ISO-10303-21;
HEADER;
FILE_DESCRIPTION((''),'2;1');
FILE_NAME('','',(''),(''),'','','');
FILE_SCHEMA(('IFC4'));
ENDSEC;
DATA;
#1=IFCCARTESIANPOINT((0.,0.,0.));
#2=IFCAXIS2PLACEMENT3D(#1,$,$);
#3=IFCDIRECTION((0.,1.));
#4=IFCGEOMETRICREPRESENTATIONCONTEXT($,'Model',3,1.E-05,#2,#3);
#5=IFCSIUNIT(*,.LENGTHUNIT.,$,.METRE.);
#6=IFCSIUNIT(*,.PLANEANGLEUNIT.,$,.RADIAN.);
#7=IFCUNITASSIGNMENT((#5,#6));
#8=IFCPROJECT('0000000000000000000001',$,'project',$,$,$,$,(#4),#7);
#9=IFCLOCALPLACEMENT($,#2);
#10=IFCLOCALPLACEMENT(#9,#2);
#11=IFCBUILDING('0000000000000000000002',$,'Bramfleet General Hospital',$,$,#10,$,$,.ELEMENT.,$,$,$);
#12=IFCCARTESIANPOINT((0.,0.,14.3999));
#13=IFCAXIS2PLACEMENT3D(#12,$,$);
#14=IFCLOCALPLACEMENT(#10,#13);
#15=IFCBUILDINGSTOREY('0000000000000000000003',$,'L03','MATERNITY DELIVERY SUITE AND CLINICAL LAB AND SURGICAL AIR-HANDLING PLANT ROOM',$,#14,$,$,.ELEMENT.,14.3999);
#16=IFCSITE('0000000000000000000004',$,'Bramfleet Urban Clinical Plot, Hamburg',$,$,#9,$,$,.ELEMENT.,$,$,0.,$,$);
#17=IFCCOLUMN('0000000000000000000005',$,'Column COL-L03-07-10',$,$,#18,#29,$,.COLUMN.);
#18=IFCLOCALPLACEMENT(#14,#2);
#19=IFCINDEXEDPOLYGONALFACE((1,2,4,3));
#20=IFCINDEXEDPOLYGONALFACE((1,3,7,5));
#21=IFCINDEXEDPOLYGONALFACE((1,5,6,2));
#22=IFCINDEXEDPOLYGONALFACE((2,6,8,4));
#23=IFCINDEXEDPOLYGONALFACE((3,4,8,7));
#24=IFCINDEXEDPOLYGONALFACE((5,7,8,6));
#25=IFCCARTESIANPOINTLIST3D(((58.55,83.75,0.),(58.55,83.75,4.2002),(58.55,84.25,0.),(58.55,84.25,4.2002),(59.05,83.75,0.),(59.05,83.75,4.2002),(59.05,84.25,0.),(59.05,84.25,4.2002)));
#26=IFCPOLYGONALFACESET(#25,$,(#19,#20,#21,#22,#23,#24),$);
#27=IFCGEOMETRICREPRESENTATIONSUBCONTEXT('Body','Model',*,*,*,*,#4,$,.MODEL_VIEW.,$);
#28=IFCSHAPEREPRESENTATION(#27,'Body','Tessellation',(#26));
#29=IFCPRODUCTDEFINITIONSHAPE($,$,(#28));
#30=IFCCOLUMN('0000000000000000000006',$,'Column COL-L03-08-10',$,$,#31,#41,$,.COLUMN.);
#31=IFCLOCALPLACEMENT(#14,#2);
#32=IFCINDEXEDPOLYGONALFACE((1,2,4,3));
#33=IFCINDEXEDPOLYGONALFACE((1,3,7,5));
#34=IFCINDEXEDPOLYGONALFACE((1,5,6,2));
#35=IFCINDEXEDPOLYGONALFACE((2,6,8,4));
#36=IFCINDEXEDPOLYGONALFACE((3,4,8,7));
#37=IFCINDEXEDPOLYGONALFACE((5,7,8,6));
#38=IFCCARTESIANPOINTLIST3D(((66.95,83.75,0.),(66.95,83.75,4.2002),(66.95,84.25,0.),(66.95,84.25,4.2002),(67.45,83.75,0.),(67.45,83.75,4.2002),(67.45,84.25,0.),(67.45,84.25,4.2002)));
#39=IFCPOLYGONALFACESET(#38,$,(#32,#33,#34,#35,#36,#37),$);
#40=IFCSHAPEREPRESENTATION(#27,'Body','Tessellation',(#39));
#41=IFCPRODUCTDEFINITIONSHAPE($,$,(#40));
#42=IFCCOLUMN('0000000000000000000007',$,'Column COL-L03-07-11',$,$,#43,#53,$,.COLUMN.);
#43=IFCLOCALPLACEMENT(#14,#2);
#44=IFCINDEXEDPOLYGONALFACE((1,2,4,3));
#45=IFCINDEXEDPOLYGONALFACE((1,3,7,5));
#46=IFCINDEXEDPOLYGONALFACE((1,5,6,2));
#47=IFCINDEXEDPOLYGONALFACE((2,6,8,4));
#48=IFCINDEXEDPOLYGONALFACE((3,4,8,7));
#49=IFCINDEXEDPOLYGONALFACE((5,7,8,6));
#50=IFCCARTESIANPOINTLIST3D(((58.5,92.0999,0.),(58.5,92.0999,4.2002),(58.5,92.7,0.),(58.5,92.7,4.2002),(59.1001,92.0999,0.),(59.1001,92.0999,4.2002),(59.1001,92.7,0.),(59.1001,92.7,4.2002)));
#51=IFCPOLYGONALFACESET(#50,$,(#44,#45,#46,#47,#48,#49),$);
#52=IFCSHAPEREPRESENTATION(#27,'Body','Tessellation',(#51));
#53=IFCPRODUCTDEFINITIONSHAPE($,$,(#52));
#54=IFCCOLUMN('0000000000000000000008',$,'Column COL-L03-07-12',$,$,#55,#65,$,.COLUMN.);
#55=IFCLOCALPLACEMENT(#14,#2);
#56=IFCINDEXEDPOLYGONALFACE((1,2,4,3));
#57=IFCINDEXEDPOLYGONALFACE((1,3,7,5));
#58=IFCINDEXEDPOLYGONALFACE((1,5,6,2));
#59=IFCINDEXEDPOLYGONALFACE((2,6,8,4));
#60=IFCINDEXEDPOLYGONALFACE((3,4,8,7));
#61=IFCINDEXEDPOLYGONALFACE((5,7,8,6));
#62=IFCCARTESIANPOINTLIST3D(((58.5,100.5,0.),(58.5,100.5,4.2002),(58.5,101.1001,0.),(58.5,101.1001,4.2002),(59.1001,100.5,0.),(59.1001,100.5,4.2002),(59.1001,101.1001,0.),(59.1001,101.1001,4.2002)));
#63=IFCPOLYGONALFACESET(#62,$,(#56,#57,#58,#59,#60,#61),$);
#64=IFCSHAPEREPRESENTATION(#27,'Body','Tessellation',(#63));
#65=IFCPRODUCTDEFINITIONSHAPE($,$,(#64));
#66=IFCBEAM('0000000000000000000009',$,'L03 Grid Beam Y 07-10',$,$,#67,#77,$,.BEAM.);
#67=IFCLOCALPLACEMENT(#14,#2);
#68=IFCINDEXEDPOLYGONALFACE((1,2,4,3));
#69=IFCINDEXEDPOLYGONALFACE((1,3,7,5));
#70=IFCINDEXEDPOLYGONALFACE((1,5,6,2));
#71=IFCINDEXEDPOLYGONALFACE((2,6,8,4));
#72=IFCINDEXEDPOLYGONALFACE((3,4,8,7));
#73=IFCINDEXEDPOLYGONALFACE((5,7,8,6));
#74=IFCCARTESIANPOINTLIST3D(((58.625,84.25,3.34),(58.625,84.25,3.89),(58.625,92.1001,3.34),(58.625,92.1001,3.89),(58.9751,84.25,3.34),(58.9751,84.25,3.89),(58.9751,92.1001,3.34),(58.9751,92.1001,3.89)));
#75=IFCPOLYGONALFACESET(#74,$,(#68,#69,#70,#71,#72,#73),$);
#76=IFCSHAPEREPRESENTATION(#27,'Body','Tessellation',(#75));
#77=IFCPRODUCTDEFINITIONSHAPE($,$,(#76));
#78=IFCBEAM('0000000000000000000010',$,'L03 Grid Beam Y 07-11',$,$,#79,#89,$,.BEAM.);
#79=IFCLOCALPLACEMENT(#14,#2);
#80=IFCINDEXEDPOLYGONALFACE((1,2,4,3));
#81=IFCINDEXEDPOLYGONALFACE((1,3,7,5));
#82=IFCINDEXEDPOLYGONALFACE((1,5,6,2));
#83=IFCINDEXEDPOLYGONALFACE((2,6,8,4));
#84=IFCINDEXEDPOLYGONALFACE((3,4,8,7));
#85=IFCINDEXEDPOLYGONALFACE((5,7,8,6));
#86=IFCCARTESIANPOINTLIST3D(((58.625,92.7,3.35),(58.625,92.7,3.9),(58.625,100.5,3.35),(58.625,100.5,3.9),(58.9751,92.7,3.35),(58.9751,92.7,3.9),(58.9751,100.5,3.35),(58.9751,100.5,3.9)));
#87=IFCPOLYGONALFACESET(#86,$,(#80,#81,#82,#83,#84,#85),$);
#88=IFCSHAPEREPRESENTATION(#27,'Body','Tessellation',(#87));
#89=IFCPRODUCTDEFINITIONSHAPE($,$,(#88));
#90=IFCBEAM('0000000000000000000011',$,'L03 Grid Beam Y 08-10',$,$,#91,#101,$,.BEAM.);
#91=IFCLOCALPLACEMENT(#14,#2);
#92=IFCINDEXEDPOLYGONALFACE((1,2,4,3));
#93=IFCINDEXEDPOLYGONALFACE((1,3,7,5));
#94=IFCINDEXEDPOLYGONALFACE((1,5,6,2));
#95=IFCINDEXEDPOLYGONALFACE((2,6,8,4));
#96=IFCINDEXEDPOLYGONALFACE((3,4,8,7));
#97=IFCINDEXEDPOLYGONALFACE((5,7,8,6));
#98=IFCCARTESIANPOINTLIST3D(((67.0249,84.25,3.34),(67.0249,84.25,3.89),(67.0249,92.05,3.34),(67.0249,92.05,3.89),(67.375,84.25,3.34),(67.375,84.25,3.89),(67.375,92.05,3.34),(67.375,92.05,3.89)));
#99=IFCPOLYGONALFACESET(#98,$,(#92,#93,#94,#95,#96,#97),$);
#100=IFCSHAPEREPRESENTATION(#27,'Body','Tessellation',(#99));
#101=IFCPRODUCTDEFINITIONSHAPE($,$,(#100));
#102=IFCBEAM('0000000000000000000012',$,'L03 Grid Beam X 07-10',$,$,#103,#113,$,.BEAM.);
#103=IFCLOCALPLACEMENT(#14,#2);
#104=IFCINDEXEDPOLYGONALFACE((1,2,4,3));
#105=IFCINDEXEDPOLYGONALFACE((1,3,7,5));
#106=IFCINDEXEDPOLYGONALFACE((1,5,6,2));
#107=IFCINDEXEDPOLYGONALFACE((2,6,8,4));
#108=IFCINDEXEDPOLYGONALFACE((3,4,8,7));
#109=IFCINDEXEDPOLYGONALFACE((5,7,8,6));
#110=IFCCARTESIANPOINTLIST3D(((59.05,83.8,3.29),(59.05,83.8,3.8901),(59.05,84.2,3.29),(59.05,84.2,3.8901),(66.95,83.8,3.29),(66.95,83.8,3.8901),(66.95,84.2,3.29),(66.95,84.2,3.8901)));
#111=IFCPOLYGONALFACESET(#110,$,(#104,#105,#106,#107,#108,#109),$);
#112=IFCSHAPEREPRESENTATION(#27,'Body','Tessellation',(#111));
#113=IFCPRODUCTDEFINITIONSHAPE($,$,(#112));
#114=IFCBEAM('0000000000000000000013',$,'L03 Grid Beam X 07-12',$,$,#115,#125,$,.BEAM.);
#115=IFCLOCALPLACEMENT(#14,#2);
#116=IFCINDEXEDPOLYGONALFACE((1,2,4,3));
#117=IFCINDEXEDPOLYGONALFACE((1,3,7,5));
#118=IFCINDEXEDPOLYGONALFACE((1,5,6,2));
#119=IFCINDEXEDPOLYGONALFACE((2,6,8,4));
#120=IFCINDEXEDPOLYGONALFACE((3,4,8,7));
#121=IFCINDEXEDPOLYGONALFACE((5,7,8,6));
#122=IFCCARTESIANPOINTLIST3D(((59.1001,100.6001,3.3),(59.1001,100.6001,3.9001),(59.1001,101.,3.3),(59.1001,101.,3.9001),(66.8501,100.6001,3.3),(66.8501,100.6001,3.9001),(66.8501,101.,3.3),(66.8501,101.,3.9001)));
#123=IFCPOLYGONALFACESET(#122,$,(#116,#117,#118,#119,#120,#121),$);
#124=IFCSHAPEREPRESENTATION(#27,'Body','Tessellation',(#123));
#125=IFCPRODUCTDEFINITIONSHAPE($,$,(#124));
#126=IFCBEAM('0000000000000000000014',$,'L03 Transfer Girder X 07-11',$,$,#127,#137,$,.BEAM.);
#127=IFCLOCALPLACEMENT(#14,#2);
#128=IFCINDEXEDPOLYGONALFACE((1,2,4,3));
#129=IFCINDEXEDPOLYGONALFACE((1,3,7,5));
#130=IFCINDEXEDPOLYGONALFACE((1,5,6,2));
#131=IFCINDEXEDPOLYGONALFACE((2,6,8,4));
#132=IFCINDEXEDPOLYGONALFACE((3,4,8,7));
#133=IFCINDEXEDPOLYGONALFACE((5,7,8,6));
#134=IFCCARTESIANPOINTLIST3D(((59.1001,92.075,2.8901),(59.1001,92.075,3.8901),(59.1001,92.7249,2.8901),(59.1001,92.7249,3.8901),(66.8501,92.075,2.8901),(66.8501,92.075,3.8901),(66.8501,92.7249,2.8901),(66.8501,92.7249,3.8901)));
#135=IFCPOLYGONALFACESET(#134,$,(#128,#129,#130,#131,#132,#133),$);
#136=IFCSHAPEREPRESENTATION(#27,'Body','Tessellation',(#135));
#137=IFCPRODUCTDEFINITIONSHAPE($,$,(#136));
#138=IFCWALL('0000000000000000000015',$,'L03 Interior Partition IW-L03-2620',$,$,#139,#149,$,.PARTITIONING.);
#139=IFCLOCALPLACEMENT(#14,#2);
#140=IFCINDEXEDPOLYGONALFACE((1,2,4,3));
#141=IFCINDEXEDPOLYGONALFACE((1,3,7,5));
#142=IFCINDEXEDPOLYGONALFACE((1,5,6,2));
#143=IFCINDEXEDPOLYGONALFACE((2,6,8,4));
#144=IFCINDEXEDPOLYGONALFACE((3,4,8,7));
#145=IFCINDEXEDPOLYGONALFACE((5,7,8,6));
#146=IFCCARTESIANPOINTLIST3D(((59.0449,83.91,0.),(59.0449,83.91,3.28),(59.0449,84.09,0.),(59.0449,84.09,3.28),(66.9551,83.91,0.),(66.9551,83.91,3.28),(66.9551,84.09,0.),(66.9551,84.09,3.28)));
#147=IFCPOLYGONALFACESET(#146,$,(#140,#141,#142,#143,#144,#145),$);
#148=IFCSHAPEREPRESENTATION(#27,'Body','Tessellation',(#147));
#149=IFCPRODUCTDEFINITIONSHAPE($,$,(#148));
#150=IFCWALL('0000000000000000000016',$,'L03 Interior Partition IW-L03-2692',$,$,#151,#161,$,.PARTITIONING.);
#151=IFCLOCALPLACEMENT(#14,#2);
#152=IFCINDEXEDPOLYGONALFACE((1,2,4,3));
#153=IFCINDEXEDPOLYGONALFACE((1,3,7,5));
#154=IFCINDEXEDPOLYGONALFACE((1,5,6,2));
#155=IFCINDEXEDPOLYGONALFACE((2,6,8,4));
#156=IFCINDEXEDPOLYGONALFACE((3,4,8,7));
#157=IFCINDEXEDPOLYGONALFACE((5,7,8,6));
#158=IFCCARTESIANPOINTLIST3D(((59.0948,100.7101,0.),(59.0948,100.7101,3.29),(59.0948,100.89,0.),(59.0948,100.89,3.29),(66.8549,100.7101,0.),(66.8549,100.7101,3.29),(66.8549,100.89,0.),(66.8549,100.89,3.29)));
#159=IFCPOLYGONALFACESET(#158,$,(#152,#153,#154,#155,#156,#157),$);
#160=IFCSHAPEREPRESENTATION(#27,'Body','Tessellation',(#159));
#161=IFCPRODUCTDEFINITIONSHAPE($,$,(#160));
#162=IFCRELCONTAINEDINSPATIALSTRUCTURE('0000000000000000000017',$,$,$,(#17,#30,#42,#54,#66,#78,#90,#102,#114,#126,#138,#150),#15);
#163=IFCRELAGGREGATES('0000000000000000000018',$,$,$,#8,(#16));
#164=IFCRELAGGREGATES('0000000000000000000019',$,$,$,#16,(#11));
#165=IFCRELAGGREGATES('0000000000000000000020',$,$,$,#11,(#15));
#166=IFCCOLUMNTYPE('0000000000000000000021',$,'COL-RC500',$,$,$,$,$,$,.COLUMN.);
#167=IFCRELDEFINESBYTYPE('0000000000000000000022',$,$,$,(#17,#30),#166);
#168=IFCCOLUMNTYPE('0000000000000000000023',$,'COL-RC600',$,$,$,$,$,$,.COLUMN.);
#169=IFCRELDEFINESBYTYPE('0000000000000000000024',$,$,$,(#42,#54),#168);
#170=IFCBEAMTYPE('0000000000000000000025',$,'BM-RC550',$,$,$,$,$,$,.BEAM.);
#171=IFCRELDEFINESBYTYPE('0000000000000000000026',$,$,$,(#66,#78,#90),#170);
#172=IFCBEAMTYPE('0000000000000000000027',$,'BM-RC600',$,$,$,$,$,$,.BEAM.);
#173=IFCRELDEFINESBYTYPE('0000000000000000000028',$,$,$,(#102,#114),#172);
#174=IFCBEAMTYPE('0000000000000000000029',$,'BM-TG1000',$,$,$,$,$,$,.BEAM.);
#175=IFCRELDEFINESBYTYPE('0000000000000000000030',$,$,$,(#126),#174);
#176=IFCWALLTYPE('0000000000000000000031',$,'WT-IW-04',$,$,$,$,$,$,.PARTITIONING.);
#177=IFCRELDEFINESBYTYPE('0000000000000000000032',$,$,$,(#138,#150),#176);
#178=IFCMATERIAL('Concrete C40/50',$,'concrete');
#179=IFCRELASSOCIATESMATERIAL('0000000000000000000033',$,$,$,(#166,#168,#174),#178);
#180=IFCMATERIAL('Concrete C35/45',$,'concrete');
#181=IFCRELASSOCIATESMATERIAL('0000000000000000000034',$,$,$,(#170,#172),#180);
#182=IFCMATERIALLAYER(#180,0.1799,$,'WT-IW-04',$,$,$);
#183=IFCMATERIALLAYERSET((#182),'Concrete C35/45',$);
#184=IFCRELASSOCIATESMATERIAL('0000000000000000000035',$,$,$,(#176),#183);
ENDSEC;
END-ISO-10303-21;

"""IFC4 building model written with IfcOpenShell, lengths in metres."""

from ifc_helpers import new_model, si_unit, direction, frame, frame_2d, origin, origin_2d, place, context, subcontext, project, spatial, rectangle, extrude, material, layer, layer_set, material_profile, profile_set, type_object, element, save


model = new_model("IFC4")

# Units and contexts
model_context = context("Model", 3, precision=1e-05, world=origin(), true_north=direction((0.0, 1.0)))
body_context = subcontext(model_context, "Body", "Model", "MODEL_VIEW")
ifc_project = project(units=[si_unit("LENGTHUNIT", "METRE"), si_unit("PLANEANGLEUNIT", "RADIAN")], contexts=[model_context])

# Site, building, storey
site_placement = place(None, origin())
site = spatial("IfcSite", under=ifc_project, at=site_placement, Name="Bramfleet Urban Clinical Plot, Hamburg", CompositionType="ELEMENT", RefElevation=0.0)
building_placement = place(site_placement, origin())
building = spatial("IfcBuilding", under=site, at=building_placement, Name="Bramfleet General Hospital", CompositionType="ELEMENT")
storey_placement = place(building_placement, frame((0.0, 0.0, 14.3999)))
storey = spatial("IfcBuildingStorey", under=building, at=storey_placement, Name="L03", Description="MATERNITY DELIVERY SUITE AND CLINICAL LAB AND SURGICAL AIR-HANDLING PLANT ROOM", CompositionType="ELEMENT", Elevation=14.3999)

# Columns
ifc_material_1 = material(Name="Concrete C40/50", Category="concrete")
ifc_material_profile_1 = material_profile(ifc_material_1, rectangle(XDim=0.5, YDim=0.5, at=origin_2d()), Name="RC COL 500x500")
ifc_profile_set_1 = profile_set([ifc_material_profile_1], Name="Concrete C40/50")
column_type_1 = type_object("IfcColumnType", Name="COL-RC500", PredefinedType="COLUMN", material=ifc_profile_set_1)
for number, where, z_axis, x_axis, name in (
    (1, (58.8, 84.0, 0.0), (0.0, 0.0, 1.0), (1.0, 0.0, 0.0), "Column COL-L03-07-10"),
    (2, (67.2, 84.0, 0.0), (0.0, 0.0, 1.0), (1.0, 0.0, 0.0), "Column COL-L03-08-10"),
):
    element("IfcColumn", number, at=place(storey_placement, frame(where, z_axis=z_axis, x_axis=x_axis)), inside=storey, type_object=column_type_1, Name=name, PredefinedType="COLUMN", context=body_context, shape_type="SweptSolid", body=[
        extrude(rectangle(XDim=0.5, YDim=0.5, at=origin_2d()), origin(), (0.0, 0.0, 1.0), 4.2002),
    ])
ifc_material_profile_2 = material_profile(ifc_material_1, rectangle(XDim=0.6001, YDim=0.6001, at=origin_2d()), Name="RC COL 600x600")
ifc_profile_set_2 = profile_set([ifc_material_profile_2], Name="Concrete C40/50")
column_type_2 = type_object("IfcColumnType", Name="COL-RC600", PredefinedType="COLUMN", material=ifc_profile_set_2)
for number, where, z_axis, x_axis, name in (
    (3, (58.8, 92.3999, 0.0), (0.0, 0.0, 1.0), (1.0, 0.0, 0.0), "Column COL-L03-07-11"),
    (4, (58.8, 100.8, 0.0), (0.0, 0.0, 1.0), (1.0, 0.0, 0.0), "Column COL-L03-07-12"),
):
    element("IfcColumn", number, at=place(storey_placement, frame(where, z_axis=z_axis, x_axis=x_axis)), inside=storey, type_object=column_type_2, Name=name, PredefinedType="COLUMN", context=body_context, shape_type="SweptSolid", body=[
        extrude(rectangle(XDim=0.6001, YDim=0.6001, at=origin_2d()), origin(), (0.0, 0.0, 1.0), 4.2002),
    ])

# Beams
ifc_material_2 = material(Name="Concrete C35/45", Category="concrete")
ifc_material_profile_3 = material_profile(ifc_material_2, rectangle(XDim=0.3501, YDim=0.55, at=origin_2d()), Name="RC BM 550x350")
ifc_profile_set_3 = profile_set([ifc_material_profile_3], Name="Concrete C35/45")
beam_type_1 = type_object("IfcBeamType", Name="BM-RC550", PredefinedType="BEAM", material=ifc_profile_set_3)
beam_1_placement = place(storey_placement, frame((58.8, 84.25, 3.615), z_axis=(0.0, 1.0, 0.0), x_axis=(-1.0, 0.0, 0.0)))
element("IfcBeam", 5, at=beam_1_placement, inside=storey, type_object=beam_type_1, Name="L03 Grid Beam Y 07-10", PredefinedType="BEAM", context=body_context, shape_type="SweptSolid", body=[
    extrude(rectangle(XDim=0.3501, YDim=0.55, at=origin_2d()), origin(), (0.0, 0.0, 1.0), 7.8501),
])
for number, where, z_axis, x_axis, name in (
    (6, (58.8, 92.7, 3.625), (0.0, 1.0, 0.0), (-1.0, 0.0, 0.0), "L03 Grid Beam Y 07-11"),
    (7, (67.2, 84.25, 3.615), (0.0, 1.0, 0.0), (-1.0, 0.0, 0.0), "L03 Grid Beam Y 08-10"),
):
    element("IfcBeam", number, at=place(storey_placement, frame(where, z_axis=z_axis, x_axis=x_axis)), inside=storey, type_object=beam_type_1, Name=name, PredefinedType="BEAM", context=body_context, shape_type="SweptSolid", body=[
        extrude(rectangle(XDim=0.3501, YDim=0.55, at=origin_2d()), origin(), (0.0, 0.0, 1.0), 7.8),
    ])
ifc_material_profile_4 = material_profile(ifc_material_2, rectangle(XDim=0.3999, YDim=0.6001, at=origin_2d()), Name="RC BM 600x400")
ifc_profile_set_4 = profile_set([ifc_material_profile_4], Name="Concrete C35/45")
beam_type_2 = type_object("IfcBeamType", Name="BM-RC600", PredefinedType="BEAM", material=ifc_profile_set_4)
beam_2_placement = place(storey_placement, frame((59.05, 84.0, 3.5901), z_axis=(1.0, 0.0, 0.0), x_axis=(0.0, 1.0, 0.0)))
element("IfcBeam", 8, at=beam_2_placement, inside=storey, type_object=beam_type_2, Name="L03 Grid Beam X 07-10", PredefinedType="BEAM", context=body_context, shape_type="SweptSolid", body=[
    extrude(rectangle(XDim=0.3999, YDim=0.6001, at=origin_2d()), origin(), (0.0, 0.0, 1.0), 7.8999),
])
beam_3_placement = place(storey_placement, frame((59.1001, 100.8, 3.6001), z_axis=(1.0, 0.0, 0.0), x_axis=(0.0, 1.0, 0.0)))
element("IfcBeam", 9, at=beam_3_placement, inside=storey, type_object=beam_type_2, Name="L03 Grid Beam X 07-12", PredefinedType="BEAM", context=body_context, shape_type="SweptSolid", body=[
    extrude(rectangle(XDim=0.3999, YDim=0.6001, at=origin_2d()), origin(), (0.0, 0.0, 1.0), 7.75),
])
ifc_material_profile_5 = material_profile(ifc_material_1, rectangle(XDim=0.6499, YDim=1.0, at=origin_2d()), Name="RC TG 1000x650")
ifc_profile_set_5 = profile_set([ifc_material_profile_5], Name="Concrete C40/50")
beam_type_3 = type_object("IfcBeamType", Name="BM-TG1000", PredefinedType="BEAM", material=ifc_profile_set_5)
beam_4_placement = place(storey_placement, frame((59.1001, 92.3999, 3.3901), z_axis=(1.0, 0.0, 0.0), x_axis=(0.0, 1.0, 0.0)))
element("IfcBeam", 10, at=beam_4_placement, inside=storey, type_object=beam_type_3, Name="L03 Transfer Girder X 07-11", PredefinedType="BEAM", context=body_context, shape_type="SweptSolid", body=[
    extrude(rectangle(XDim=0.6499, YDim=1.0, at=origin_2d()), origin(), (0.0, 0.0, 1.0), 7.75),
])

# Walls
ifc_layer_1 = layer(ifc_material_2, 0.1799, Name="WT-IW-04")
ifc_layer_set_1 = layer_set([ifc_layer_1], Name="Concrete C35/45")
wall_type_1 = type_object("IfcWallType", Name="WT-IW-04", PredefinedType="PARTITIONING", material=ifc_layer_set_1)
wall_1_placement = place(storey_placement, frame((59.0449, 84.0, 0.0), z_axis=(0.0, 0.0, 1.0), x_axis=(1.0, 0.0, 0.0)))
element("IfcWall", 11, at=wall_1_placement, inside=storey, type_object=wall_type_1, Name="L03 Interior Partition IW-L03-2620", PredefinedType="PARTITIONING", context=body_context, shape_type="SweptSolid", body=[
    extrude(rectangle(XDim=7.9102, YDim=0.1799, at=frame_2d((3.9551, 0.0))), origin(), (0.0, 0.0, 1.0), 3.28),
])
wall_2_placement = place(storey_placement, frame((59.095, 100.8, 0.0), z_axis=(0.0, 0.0, 1.0), x_axis=(1.0, 0.0, 0.0)))
element("IfcWall", 12, at=wall_2_placement, inside=storey, type_object=wall_type_1, Name="L03 Interior Partition IW-L03-2692", PredefinedType="PARTITIONING", context=body_context, shape_type="SweptSolid", body=[
    extrude(rectangle(XDim=7.76, YDim=0.1799, at=frame_2d((3.8799, 0.0))), origin(), (0.0, 0.0, 1.0), 3.29),
])

save(model, "model.ifc")
